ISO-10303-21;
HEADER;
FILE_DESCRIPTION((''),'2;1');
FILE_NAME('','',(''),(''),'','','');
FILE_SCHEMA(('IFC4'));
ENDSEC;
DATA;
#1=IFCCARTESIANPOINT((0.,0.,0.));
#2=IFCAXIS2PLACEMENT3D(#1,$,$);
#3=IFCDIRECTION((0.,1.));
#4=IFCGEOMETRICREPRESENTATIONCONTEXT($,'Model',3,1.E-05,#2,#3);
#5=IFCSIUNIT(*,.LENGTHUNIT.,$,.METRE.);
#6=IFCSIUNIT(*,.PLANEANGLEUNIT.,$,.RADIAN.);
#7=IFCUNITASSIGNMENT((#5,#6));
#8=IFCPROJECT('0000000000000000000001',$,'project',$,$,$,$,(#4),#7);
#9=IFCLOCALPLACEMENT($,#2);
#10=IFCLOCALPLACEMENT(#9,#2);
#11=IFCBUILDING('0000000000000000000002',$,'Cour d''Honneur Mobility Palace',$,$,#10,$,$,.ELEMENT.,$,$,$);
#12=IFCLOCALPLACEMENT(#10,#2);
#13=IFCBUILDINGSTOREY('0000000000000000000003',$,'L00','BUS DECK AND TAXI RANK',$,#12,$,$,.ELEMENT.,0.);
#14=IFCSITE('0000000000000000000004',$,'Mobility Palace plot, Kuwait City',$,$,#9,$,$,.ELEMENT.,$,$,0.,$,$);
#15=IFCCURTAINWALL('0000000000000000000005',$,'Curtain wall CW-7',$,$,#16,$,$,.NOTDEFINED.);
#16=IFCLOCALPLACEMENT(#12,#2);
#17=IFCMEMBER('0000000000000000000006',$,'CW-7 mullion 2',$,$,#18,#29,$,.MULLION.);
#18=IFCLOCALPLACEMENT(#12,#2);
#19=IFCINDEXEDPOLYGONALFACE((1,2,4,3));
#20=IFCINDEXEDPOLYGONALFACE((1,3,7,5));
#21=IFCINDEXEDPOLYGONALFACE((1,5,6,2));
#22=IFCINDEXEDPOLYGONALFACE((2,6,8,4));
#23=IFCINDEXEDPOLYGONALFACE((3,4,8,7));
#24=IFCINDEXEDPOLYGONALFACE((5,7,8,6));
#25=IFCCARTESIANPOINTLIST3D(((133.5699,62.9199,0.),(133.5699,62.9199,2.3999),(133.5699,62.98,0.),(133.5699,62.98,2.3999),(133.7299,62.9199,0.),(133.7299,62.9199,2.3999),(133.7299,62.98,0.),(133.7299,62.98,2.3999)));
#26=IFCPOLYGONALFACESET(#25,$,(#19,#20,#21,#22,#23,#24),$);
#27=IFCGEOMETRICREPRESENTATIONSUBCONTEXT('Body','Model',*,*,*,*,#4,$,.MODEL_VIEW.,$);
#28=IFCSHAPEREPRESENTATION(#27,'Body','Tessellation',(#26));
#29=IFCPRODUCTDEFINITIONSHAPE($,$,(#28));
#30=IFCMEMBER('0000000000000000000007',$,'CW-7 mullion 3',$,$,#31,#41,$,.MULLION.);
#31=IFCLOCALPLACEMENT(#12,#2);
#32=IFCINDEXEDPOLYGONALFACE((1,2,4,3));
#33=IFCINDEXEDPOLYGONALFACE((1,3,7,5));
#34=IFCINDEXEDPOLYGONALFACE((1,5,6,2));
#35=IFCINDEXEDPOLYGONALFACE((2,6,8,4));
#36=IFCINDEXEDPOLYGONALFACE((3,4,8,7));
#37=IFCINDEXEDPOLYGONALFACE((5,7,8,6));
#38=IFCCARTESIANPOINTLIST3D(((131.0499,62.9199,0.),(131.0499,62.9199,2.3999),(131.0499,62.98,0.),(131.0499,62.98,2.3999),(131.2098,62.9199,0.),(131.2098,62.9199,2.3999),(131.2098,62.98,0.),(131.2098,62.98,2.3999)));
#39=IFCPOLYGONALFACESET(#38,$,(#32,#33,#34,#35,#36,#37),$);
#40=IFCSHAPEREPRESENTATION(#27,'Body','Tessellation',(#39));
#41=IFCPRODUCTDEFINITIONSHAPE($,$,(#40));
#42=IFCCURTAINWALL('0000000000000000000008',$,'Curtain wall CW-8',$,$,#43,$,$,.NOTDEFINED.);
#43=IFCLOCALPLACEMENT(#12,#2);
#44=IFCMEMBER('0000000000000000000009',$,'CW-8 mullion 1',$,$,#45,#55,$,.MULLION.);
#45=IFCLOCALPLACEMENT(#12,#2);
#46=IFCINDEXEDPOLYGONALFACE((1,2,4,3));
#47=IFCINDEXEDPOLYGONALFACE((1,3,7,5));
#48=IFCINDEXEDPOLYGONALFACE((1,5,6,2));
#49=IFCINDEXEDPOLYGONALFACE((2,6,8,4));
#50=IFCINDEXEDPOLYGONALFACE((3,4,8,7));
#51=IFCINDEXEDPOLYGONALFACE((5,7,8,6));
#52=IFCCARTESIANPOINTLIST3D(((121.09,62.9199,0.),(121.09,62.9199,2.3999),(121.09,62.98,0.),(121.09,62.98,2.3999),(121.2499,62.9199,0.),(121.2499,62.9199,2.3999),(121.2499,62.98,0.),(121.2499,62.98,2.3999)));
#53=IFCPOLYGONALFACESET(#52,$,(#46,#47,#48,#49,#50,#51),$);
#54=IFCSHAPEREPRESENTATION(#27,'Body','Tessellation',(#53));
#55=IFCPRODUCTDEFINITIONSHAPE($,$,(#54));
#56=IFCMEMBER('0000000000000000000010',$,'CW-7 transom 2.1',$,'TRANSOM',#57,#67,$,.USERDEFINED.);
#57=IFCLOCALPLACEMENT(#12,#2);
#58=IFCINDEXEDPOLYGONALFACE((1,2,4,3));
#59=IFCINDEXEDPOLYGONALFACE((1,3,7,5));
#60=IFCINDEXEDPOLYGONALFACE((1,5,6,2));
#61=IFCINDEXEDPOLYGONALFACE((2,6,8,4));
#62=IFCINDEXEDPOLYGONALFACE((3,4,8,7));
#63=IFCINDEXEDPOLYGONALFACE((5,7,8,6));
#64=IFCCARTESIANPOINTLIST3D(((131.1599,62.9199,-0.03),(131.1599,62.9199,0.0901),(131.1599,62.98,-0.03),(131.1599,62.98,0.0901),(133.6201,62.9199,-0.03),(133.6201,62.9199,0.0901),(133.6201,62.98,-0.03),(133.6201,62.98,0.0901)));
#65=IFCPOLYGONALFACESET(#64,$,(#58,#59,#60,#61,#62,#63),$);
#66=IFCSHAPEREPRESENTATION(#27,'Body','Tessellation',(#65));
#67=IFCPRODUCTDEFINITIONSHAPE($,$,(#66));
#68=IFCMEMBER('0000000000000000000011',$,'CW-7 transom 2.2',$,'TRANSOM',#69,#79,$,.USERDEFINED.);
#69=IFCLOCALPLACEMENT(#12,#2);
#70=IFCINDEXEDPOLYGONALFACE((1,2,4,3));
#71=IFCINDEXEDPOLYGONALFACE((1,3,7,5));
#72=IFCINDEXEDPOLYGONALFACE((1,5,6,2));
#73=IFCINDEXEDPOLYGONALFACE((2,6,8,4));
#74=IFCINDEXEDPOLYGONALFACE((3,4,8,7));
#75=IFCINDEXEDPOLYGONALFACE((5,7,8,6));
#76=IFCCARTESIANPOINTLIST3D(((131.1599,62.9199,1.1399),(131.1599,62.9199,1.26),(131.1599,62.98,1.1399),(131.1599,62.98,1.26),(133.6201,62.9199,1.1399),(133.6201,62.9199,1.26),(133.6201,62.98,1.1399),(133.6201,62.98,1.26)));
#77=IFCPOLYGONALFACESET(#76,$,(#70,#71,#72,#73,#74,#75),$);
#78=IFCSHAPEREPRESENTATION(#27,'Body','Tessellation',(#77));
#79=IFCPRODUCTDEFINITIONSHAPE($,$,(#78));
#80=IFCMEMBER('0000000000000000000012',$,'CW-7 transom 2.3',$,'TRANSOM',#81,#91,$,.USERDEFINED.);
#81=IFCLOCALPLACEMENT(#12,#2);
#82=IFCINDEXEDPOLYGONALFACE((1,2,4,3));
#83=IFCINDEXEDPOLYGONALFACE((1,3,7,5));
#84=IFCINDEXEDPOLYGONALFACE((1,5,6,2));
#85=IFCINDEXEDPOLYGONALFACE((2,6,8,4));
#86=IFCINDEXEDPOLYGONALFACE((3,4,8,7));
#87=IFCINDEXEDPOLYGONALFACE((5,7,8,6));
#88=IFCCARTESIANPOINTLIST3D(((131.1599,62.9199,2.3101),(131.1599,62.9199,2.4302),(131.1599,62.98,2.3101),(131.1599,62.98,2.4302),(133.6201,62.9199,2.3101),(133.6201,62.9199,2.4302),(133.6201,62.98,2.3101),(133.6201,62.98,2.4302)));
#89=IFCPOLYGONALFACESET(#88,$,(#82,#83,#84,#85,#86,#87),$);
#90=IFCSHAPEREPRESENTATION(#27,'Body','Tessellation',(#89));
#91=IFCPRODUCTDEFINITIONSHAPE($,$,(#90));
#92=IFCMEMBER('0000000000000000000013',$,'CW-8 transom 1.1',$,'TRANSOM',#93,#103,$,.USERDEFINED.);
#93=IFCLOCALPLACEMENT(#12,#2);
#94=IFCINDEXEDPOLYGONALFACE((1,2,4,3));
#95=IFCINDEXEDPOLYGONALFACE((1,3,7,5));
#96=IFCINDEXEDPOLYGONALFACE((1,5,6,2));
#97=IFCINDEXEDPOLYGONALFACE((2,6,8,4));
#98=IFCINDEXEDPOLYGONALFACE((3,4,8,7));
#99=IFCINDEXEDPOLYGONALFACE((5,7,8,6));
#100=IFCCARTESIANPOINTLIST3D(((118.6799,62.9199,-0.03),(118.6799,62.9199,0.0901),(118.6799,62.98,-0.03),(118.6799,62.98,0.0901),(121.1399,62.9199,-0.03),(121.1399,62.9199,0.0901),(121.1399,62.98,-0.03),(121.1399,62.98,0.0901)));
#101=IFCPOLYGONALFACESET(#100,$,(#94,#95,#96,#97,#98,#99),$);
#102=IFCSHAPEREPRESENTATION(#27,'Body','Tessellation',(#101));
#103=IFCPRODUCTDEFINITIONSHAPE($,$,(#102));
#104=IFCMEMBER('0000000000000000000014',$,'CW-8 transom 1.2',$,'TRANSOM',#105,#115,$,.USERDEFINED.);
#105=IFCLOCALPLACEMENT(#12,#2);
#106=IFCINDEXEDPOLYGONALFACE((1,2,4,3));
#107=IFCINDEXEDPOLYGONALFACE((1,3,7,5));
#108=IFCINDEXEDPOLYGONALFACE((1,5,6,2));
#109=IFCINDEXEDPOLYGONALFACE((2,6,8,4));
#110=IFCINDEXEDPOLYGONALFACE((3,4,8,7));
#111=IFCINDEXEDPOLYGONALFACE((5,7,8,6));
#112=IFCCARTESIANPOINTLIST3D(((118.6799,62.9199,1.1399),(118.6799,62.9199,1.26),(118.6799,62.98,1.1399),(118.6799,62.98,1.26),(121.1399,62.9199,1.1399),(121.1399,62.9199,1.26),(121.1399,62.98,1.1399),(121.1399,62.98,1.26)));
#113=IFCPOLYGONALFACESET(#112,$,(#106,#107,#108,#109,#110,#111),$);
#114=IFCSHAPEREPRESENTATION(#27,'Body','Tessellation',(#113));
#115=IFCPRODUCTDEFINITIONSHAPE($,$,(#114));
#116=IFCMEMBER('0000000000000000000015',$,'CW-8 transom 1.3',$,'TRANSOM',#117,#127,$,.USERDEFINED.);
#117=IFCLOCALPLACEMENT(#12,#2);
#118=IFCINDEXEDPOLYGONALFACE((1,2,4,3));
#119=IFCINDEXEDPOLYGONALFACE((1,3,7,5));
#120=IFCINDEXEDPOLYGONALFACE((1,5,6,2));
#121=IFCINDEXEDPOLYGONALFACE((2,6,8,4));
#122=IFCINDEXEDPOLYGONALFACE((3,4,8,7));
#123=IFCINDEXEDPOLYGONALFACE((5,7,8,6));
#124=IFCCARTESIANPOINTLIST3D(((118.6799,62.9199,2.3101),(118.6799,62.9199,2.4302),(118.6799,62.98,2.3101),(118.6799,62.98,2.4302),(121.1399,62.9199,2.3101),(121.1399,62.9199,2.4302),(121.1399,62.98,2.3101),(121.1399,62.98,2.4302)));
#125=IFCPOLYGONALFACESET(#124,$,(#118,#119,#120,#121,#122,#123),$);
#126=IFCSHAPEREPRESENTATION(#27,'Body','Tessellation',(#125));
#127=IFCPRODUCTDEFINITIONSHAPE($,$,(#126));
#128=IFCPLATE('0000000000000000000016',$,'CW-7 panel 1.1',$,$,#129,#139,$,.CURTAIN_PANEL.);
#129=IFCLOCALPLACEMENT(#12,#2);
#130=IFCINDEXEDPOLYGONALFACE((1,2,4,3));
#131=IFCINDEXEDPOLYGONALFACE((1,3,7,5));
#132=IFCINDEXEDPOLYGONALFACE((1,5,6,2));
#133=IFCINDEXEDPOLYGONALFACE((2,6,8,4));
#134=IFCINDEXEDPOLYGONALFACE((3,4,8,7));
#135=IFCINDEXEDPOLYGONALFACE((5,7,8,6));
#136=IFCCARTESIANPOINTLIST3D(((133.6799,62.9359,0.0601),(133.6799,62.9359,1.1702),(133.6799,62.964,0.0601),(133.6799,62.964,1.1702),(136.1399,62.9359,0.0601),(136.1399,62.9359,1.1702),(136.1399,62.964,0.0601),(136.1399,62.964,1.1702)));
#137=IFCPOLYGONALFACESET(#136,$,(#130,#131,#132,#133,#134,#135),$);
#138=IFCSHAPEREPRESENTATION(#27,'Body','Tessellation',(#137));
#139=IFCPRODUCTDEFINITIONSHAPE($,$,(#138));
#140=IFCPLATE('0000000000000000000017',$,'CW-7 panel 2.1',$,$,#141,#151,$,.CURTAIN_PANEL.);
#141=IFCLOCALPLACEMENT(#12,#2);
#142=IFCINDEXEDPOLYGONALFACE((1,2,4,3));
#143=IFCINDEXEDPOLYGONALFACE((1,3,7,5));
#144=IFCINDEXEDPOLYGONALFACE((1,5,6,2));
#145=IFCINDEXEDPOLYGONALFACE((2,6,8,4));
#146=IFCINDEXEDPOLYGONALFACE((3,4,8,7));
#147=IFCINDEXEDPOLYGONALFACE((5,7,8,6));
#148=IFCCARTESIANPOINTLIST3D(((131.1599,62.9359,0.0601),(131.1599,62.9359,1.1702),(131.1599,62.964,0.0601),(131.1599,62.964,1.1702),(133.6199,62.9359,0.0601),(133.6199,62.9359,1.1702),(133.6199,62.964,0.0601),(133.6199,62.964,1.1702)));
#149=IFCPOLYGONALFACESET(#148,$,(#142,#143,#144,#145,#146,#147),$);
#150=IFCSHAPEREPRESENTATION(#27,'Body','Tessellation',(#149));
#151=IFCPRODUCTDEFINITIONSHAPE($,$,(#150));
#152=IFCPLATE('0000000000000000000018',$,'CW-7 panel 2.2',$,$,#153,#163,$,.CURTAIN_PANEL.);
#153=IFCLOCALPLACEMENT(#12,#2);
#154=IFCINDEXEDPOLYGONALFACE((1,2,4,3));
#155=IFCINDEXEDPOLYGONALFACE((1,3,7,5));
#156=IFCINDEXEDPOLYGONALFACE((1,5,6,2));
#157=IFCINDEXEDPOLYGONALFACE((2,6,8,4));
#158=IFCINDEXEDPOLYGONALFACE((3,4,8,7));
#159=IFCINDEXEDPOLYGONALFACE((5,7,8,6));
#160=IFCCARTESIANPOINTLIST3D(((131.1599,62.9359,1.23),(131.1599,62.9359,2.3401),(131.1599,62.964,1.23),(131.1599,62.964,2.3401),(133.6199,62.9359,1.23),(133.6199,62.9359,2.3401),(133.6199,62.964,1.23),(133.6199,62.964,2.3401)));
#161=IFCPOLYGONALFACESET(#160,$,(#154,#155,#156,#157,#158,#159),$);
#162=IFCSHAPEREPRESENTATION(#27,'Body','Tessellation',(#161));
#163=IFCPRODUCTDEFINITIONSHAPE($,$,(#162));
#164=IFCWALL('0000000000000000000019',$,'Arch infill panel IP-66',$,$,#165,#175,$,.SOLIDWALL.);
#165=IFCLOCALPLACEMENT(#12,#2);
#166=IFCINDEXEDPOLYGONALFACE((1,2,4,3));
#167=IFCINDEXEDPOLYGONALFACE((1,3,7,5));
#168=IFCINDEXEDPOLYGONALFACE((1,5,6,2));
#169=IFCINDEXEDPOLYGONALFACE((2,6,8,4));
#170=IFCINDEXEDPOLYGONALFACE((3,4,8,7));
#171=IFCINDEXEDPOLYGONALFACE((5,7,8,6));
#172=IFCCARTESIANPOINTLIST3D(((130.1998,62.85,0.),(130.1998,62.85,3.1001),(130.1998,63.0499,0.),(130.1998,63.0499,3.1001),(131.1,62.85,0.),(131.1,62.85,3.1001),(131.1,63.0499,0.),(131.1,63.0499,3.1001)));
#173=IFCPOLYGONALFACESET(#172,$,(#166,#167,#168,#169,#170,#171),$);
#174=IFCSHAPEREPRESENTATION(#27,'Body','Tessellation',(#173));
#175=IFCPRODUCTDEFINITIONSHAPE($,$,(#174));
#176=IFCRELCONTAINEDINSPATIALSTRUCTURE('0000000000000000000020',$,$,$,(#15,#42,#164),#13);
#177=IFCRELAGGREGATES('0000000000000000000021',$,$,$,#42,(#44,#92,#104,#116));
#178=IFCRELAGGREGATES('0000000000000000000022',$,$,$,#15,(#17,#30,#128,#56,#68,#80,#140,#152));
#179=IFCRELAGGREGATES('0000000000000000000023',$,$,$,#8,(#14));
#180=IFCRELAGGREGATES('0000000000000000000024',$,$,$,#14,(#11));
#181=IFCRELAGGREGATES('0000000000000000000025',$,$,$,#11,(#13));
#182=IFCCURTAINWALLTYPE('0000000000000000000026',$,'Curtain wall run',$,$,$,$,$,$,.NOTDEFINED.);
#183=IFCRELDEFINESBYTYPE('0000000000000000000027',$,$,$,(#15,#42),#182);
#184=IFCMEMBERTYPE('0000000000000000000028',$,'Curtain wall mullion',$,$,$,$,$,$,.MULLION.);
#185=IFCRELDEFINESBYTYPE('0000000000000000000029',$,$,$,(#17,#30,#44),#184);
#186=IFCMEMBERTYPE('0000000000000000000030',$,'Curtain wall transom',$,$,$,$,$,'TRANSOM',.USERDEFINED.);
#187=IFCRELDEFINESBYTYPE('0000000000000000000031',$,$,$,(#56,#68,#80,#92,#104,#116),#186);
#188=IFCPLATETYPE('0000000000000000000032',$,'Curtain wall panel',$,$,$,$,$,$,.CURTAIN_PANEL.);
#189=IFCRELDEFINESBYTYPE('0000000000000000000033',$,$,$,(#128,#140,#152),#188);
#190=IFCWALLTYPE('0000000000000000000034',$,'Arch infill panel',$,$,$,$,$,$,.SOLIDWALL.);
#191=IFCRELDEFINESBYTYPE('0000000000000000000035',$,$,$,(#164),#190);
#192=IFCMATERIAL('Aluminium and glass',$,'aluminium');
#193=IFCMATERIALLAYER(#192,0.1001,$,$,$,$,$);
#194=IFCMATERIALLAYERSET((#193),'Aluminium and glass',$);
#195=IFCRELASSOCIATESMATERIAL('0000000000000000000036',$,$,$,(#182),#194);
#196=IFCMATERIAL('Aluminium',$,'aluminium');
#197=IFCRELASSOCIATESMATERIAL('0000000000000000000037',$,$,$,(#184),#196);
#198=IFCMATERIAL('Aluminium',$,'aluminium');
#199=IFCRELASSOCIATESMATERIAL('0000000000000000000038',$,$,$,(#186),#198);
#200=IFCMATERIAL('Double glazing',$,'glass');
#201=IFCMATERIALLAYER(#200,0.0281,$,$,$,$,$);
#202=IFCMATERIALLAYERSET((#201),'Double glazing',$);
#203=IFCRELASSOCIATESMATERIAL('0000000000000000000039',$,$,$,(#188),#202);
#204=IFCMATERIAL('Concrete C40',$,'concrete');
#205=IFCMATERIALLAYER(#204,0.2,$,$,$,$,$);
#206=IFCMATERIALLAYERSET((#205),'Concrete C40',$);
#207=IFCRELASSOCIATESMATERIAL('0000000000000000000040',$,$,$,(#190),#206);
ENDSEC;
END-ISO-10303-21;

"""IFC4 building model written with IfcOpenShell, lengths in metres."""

from ifc_helpers import new_model, si_unit, direction, frame, frame_2d, origin, origin_2d, place, context, subcontext, project, spatial, rectangle, extrude, material, layer, layer_set, material_profile, profile_set, type_object, element, aggregate, save


model = new_model("IFC4")

# Units and contexts
model_context = context("Model", 3, precision=1e-05, world=origin(), true_north=direction((0.0, 1.0)))
body_context = subcontext(model_context, "Body", "Model", "MODEL_VIEW")
ifc_project = project(units=[si_unit("LENGTHUNIT", "METRE"), si_unit("PLANEANGLEUNIT", "RADIAN")], contexts=[model_context])

# Site, building, storey
site_placement = place(None, origin())
site = spatial("IfcSite", under=ifc_project, at=site_placement, Name="Mobility Palace plot, Kuwait City", CompositionType="ELEMENT", RefElevation=0.0)
building_placement = place(site_placement, origin())
building = spatial("IfcBuilding", under=site, at=building_placement, Name="Cour d'Honneur Mobility Palace", CompositionType="ELEMENT")
storey_placement = place(building_placement, origin())
storey = spatial("IfcBuildingStorey", under=building, at=storey_placement, Name="L00", Description="BUS DECK AND TAXI RANK", CompositionType="ELEMENT", Elevation=0.0)

# Curtain wall, members
ifc_material_1 = material(Name="Aluminium and glass", Category="aluminium")
ifc_layer_1 = layer(ifc_material_1, 0.1001)
ifc_layer_set_1 = layer_set([ifc_layer_1], Name="Aluminium and glass")
curtain_wall_type = type_object("IfcCurtainWallType", Name="Curtain wall run", PredefinedType="NOTDEFINED", material=ifc_layer_set_1)
curtain_wall_1_placement = place(storey_placement, origin())
curtain_wall_1 = element("IfcCurtainWall", 1, at=curtain_wall_1_placement, inside=storey, type_object=curtain_wall_type, Name="Curtain wall CW-7", PredefinedType="NOTDEFINED")
ifc_material_2 = material(Name="Aluminium", Category="aluminium")
ifc_material_profile_1 = material_profile(ifc_material_2, rectangle(XDim=0.0601, YDim=0.1599, at=origin_2d()), Name="Curtain wall mullion")
ifc_profile_set_1 = profile_set([ifc_material_profile_1], Name="Aluminium")
member_type_1 = type_object("IfcMemberType", Name="Curtain wall mullion", PredefinedType="MULLION", material=ifc_profile_set_1)
member_1_placement = place(storey_placement, frame((133.6499, 62.95, 0.0), z_axis=(0.0, 0.0, 1.0), x_axis=(0.0, -1.0, 0.0)))
member_1 = element("IfcMember", 2, at=member_1_placement, type_object=member_type_1, Name="CW-7 mullion 2", PredefinedType="MULLION", context=body_context, shape_type="SweptSolid", body=[
    extrude(rectangle(XDim=0.0601, YDim=0.1599, at=origin_2d()), origin(), (0.0, 0.0, 1.0), 2.3999),
])
member_2_placement = place(storey_placement, frame((131.1299, 62.95, 0.0), z_axis=(0.0, 0.0, 1.0), x_axis=(0.0, -1.0, 0.0)))
member_2 = element("IfcMember", 3, at=member_2_placement, type_object=member_type_1, Name="CW-7 mullion 3", PredefinedType="MULLION", context=body_context, shape_type="SweptSolid", body=[
    extrude(rectangle(XDim=0.0601, YDim=0.1599, at=origin_2d()), origin(), (0.0, 0.0, 1.0), 2.3999),
])

# Curtain wall, member
curtain_wall_2_placement = place(storey_placement, origin())
curtain_wall_2 = element("IfcCurtainWall", 4, at=curtain_wall_2_placement, inside=storey, type_object=curtain_wall_type, Name="Curtain wall CW-8", PredefinedType="NOTDEFINED")
member_3_placement = place(storey_placement, frame((121.1699, 62.95, 0.0), z_axis=(0.0, 0.0, 1.0), x_axis=(0.0, -1.0, 0.0)))
member_3 = element("IfcMember", 5, at=member_3_placement, type_object=member_type_1, Name="CW-8 mullion 1", PredefinedType="MULLION", context=body_context, shape_type="SweptSolid", body=[
    extrude(rectangle(XDim=0.0601, YDim=0.1599, at=origin_2d()), origin(), (0.0, 0.0, 1.0), 2.3999),
])

# Members
ifc_material_3 = material(Name="Aluminium", Category="aluminium")
ifc_material_profile_2 = material_profile(ifc_material_3, rectangle(XDim=0.0601, YDim=0.1201, at=origin_2d()), Name="Curtain wall transom")
ifc_profile_set_2 = profile_set([ifc_material_profile_2], Name="Aluminium")
member_type_2 = type_object("IfcMemberType", Name="Curtain wall transom", ElementType="TRANSOM", PredefinedType="USERDEFINED", material=ifc_profile_set_2)
member_4_placement = place(storey_placement, frame((133.6201, 62.95, 0.03), z_axis=(-1.0, 0.0, 0.0), x_axis=(0.0, -1.0, 0.0)))
member_4 = element("IfcMember", 6, at=member_4_placement, type_object=member_type_2, Name="CW-7 transom 2.1", ObjectType="TRANSOM", PredefinedType="USERDEFINED", context=body_context, shape_type="SweptSolid", body=[
    extrude(rectangle(XDim=0.0601, YDim=0.1201, at=origin_2d()), origin(), (0.0, 0.0, 1.0), 2.4602),
])
member_5_placement = place(storey_placement, frame((133.6201, 62.95, 1.2), z_axis=(-1.0, 0.0, 0.0), x_axis=(0.0, -1.0, 0.0)))
member_5 = element("IfcMember", 7, at=member_5_placement, type_object=member_type_2, Name="CW-7 transom 2.2", ObjectType="TRANSOM", PredefinedType="USERDEFINED", context=body_context, shape_type="SweptSolid", body=[
    extrude(rectangle(XDim=0.0601, YDim=0.1201, at=origin_2d()), origin(), (0.0, 0.0, 1.0), 2.4602),
])
member_6_placement = place(storey_placement, frame((133.6201, 62.95, 2.3701), z_axis=(-1.0, 0.0, 0.0), x_axis=(0.0, -1.0, 0.0)))
member_6 = element("IfcMember", 8, at=member_6_placement, type_object=member_type_2, Name="CW-7 transom 2.3", ObjectType="TRANSOM", PredefinedType="USERDEFINED", context=body_context, shape_type="SweptSolid", body=[
    extrude(rectangle(XDim=0.0601, YDim=0.1201, at=origin_2d()), origin(), (0.0, 0.0, 1.0), 2.4602),
])
member_7_placement = place(storey_placement, frame((121.1399, 62.95, 0.03), z_axis=(-1.0, 0.0, 0.0), x_axis=(0.0, -1.0, 0.0)))
member_7 = element("IfcMember", 9, at=member_7_placement, type_object=member_type_2, Name="CW-8 transom 1.1", ObjectType="TRANSOM", PredefinedType="USERDEFINED", context=body_context, shape_type="SweptSolid", body=[
    extrude(rectangle(XDim=0.0601, YDim=0.1201, at=origin_2d()), origin(), (0.0, 0.0, 1.0), 2.46),
])
member_8_placement = place(storey_placement, frame((121.1399, 62.95, 1.2), z_axis=(-1.0, 0.0, 0.0), x_axis=(0.0, -1.0, 0.0)))
member_8 = element("IfcMember", 10, at=member_8_placement, type_object=member_type_2, Name="CW-8 transom 1.2", ObjectType="TRANSOM", PredefinedType="USERDEFINED", context=body_context, shape_type="SweptSolid", body=[
    extrude(rectangle(XDim=0.0601, YDim=0.1201, at=origin_2d()), origin(), (0.0, 0.0, 1.0), 2.46),
])
member_9_placement = place(storey_placement, frame((121.1399, 62.95, 2.3701), z_axis=(-1.0, 0.0, 0.0), x_axis=(0.0, -1.0, 0.0)))
member_9 = element("IfcMember", 11, at=member_9_placement, type_object=member_type_2, Name="CW-8 transom 1.3", ObjectType="TRANSOM", PredefinedType="USERDEFINED", context=body_context, shape_type="SweptSolid", body=[
    extrude(rectangle(XDim=0.0601, YDim=0.1201, at=origin_2d()), origin(), (0.0, 0.0, 1.0), 2.46),
])
aggregate(curtain_wall_2, [member_3, member_7, member_8, member_9])

# Plates
ifc_material_4 = material(Name="Double glazing", Category="glass")
ifc_layer_2 = layer(ifc_material_4, 0.0281)
ifc_layer_set_2 = layer_set([ifc_layer_2], Name="Double glazing")
plate_type = type_object("IfcPlateType", Name="Curtain wall panel", PredefinedType="CURTAIN_PANEL", material=ifc_layer_set_2)
plate_1_placement = place(storey_placement, frame((134.9099, 62.95, 0.0601), z_axis=(0.0, 0.0, 1.0), x_axis=(-1.0, 0.0, 0.0)))
plate_1 = element("IfcPlate", 12, at=plate_1_placement, type_object=plate_type, Name="CW-7 panel 1.1", PredefinedType="CURTAIN_PANEL", context=body_context, shape_type="SweptSolid", body=[
    extrude(rectangle(XDim=2.46, YDim=0.0281, at=origin_2d()), origin(), (0.0, 0.0, 1.0), 1.1101),
])
plate_2_placement = place(storey_placement, frame((132.3899, 62.95, 0.0601), z_axis=(0.0, 0.0, 1.0), x_axis=(-1.0, 0.0, 0.0)))
plate_2 = element("IfcPlate", 13, at=plate_2_placement, type_object=plate_type, Name="CW-7 panel 2.1", PredefinedType="CURTAIN_PANEL", context=body_context, shape_type="SweptSolid", body=[
    extrude(rectangle(XDim=2.46, YDim=0.0281, at=origin_2d()), origin(), (0.0, 0.0, 1.0), 1.1101),
])
plate_3_placement = place(storey_placement, frame((132.3899, 62.95, 1.23), z_axis=(0.0, 0.0, 1.0), x_axis=(-1.0, 0.0, 0.0)))
plate_3 = element("IfcPlate", 14, at=plate_3_placement, type_object=plate_type, Name="CW-7 panel 2.2", PredefinedType="CURTAIN_PANEL", context=body_context, shape_type="SweptSolid", body=[
    extrude(rectangle(XDim=2.46, YDim=0.0281, at=origin_2d()), origin(), (0.0, 0.0, 1.0), 1.1101),
])
aggregate(curtain_wall_1, [member_1, member_2, plate_1, member_4, member_5, member_6, plate_2, plate_3])

# Wall
ifc_material_5 = material(Name="Concrete C40", Category="concrete")
ifc_layer_3 = layer(ifc_material_5, 0.2)
ifc_layer_set_3 = layer_set([ifc_layer_3], Name="Concrete C40")
wall_type = type_object("IfcWallType", Name="Arch infill panel", PredefinedType="SOLIDWALL", material=ifc_layer_set_3)
wall_1_placement = place(storey_placement, frame((131.1001, 62.95, 0.0), z_axis=(0.0, 0.0, 1.0), x_axis=(-1.0, 0.0, 0.0)))
element("IfcWall", 15, at=wall_1_placement, inside=storey, type_object=wall_type, Name="Arch infill panel IP-66", PredefinedType="SOLIDWALL", context=body_context, shape_type="SweptSolid", body=[
    extrude(rectangle(XDim=0.9001, YDim=0.2, at=frame_2d((0.4502, 0.0))), origin(), (0.0, 0.0, 1.0), 3.1001),
])

save(model, "model.ifc")
